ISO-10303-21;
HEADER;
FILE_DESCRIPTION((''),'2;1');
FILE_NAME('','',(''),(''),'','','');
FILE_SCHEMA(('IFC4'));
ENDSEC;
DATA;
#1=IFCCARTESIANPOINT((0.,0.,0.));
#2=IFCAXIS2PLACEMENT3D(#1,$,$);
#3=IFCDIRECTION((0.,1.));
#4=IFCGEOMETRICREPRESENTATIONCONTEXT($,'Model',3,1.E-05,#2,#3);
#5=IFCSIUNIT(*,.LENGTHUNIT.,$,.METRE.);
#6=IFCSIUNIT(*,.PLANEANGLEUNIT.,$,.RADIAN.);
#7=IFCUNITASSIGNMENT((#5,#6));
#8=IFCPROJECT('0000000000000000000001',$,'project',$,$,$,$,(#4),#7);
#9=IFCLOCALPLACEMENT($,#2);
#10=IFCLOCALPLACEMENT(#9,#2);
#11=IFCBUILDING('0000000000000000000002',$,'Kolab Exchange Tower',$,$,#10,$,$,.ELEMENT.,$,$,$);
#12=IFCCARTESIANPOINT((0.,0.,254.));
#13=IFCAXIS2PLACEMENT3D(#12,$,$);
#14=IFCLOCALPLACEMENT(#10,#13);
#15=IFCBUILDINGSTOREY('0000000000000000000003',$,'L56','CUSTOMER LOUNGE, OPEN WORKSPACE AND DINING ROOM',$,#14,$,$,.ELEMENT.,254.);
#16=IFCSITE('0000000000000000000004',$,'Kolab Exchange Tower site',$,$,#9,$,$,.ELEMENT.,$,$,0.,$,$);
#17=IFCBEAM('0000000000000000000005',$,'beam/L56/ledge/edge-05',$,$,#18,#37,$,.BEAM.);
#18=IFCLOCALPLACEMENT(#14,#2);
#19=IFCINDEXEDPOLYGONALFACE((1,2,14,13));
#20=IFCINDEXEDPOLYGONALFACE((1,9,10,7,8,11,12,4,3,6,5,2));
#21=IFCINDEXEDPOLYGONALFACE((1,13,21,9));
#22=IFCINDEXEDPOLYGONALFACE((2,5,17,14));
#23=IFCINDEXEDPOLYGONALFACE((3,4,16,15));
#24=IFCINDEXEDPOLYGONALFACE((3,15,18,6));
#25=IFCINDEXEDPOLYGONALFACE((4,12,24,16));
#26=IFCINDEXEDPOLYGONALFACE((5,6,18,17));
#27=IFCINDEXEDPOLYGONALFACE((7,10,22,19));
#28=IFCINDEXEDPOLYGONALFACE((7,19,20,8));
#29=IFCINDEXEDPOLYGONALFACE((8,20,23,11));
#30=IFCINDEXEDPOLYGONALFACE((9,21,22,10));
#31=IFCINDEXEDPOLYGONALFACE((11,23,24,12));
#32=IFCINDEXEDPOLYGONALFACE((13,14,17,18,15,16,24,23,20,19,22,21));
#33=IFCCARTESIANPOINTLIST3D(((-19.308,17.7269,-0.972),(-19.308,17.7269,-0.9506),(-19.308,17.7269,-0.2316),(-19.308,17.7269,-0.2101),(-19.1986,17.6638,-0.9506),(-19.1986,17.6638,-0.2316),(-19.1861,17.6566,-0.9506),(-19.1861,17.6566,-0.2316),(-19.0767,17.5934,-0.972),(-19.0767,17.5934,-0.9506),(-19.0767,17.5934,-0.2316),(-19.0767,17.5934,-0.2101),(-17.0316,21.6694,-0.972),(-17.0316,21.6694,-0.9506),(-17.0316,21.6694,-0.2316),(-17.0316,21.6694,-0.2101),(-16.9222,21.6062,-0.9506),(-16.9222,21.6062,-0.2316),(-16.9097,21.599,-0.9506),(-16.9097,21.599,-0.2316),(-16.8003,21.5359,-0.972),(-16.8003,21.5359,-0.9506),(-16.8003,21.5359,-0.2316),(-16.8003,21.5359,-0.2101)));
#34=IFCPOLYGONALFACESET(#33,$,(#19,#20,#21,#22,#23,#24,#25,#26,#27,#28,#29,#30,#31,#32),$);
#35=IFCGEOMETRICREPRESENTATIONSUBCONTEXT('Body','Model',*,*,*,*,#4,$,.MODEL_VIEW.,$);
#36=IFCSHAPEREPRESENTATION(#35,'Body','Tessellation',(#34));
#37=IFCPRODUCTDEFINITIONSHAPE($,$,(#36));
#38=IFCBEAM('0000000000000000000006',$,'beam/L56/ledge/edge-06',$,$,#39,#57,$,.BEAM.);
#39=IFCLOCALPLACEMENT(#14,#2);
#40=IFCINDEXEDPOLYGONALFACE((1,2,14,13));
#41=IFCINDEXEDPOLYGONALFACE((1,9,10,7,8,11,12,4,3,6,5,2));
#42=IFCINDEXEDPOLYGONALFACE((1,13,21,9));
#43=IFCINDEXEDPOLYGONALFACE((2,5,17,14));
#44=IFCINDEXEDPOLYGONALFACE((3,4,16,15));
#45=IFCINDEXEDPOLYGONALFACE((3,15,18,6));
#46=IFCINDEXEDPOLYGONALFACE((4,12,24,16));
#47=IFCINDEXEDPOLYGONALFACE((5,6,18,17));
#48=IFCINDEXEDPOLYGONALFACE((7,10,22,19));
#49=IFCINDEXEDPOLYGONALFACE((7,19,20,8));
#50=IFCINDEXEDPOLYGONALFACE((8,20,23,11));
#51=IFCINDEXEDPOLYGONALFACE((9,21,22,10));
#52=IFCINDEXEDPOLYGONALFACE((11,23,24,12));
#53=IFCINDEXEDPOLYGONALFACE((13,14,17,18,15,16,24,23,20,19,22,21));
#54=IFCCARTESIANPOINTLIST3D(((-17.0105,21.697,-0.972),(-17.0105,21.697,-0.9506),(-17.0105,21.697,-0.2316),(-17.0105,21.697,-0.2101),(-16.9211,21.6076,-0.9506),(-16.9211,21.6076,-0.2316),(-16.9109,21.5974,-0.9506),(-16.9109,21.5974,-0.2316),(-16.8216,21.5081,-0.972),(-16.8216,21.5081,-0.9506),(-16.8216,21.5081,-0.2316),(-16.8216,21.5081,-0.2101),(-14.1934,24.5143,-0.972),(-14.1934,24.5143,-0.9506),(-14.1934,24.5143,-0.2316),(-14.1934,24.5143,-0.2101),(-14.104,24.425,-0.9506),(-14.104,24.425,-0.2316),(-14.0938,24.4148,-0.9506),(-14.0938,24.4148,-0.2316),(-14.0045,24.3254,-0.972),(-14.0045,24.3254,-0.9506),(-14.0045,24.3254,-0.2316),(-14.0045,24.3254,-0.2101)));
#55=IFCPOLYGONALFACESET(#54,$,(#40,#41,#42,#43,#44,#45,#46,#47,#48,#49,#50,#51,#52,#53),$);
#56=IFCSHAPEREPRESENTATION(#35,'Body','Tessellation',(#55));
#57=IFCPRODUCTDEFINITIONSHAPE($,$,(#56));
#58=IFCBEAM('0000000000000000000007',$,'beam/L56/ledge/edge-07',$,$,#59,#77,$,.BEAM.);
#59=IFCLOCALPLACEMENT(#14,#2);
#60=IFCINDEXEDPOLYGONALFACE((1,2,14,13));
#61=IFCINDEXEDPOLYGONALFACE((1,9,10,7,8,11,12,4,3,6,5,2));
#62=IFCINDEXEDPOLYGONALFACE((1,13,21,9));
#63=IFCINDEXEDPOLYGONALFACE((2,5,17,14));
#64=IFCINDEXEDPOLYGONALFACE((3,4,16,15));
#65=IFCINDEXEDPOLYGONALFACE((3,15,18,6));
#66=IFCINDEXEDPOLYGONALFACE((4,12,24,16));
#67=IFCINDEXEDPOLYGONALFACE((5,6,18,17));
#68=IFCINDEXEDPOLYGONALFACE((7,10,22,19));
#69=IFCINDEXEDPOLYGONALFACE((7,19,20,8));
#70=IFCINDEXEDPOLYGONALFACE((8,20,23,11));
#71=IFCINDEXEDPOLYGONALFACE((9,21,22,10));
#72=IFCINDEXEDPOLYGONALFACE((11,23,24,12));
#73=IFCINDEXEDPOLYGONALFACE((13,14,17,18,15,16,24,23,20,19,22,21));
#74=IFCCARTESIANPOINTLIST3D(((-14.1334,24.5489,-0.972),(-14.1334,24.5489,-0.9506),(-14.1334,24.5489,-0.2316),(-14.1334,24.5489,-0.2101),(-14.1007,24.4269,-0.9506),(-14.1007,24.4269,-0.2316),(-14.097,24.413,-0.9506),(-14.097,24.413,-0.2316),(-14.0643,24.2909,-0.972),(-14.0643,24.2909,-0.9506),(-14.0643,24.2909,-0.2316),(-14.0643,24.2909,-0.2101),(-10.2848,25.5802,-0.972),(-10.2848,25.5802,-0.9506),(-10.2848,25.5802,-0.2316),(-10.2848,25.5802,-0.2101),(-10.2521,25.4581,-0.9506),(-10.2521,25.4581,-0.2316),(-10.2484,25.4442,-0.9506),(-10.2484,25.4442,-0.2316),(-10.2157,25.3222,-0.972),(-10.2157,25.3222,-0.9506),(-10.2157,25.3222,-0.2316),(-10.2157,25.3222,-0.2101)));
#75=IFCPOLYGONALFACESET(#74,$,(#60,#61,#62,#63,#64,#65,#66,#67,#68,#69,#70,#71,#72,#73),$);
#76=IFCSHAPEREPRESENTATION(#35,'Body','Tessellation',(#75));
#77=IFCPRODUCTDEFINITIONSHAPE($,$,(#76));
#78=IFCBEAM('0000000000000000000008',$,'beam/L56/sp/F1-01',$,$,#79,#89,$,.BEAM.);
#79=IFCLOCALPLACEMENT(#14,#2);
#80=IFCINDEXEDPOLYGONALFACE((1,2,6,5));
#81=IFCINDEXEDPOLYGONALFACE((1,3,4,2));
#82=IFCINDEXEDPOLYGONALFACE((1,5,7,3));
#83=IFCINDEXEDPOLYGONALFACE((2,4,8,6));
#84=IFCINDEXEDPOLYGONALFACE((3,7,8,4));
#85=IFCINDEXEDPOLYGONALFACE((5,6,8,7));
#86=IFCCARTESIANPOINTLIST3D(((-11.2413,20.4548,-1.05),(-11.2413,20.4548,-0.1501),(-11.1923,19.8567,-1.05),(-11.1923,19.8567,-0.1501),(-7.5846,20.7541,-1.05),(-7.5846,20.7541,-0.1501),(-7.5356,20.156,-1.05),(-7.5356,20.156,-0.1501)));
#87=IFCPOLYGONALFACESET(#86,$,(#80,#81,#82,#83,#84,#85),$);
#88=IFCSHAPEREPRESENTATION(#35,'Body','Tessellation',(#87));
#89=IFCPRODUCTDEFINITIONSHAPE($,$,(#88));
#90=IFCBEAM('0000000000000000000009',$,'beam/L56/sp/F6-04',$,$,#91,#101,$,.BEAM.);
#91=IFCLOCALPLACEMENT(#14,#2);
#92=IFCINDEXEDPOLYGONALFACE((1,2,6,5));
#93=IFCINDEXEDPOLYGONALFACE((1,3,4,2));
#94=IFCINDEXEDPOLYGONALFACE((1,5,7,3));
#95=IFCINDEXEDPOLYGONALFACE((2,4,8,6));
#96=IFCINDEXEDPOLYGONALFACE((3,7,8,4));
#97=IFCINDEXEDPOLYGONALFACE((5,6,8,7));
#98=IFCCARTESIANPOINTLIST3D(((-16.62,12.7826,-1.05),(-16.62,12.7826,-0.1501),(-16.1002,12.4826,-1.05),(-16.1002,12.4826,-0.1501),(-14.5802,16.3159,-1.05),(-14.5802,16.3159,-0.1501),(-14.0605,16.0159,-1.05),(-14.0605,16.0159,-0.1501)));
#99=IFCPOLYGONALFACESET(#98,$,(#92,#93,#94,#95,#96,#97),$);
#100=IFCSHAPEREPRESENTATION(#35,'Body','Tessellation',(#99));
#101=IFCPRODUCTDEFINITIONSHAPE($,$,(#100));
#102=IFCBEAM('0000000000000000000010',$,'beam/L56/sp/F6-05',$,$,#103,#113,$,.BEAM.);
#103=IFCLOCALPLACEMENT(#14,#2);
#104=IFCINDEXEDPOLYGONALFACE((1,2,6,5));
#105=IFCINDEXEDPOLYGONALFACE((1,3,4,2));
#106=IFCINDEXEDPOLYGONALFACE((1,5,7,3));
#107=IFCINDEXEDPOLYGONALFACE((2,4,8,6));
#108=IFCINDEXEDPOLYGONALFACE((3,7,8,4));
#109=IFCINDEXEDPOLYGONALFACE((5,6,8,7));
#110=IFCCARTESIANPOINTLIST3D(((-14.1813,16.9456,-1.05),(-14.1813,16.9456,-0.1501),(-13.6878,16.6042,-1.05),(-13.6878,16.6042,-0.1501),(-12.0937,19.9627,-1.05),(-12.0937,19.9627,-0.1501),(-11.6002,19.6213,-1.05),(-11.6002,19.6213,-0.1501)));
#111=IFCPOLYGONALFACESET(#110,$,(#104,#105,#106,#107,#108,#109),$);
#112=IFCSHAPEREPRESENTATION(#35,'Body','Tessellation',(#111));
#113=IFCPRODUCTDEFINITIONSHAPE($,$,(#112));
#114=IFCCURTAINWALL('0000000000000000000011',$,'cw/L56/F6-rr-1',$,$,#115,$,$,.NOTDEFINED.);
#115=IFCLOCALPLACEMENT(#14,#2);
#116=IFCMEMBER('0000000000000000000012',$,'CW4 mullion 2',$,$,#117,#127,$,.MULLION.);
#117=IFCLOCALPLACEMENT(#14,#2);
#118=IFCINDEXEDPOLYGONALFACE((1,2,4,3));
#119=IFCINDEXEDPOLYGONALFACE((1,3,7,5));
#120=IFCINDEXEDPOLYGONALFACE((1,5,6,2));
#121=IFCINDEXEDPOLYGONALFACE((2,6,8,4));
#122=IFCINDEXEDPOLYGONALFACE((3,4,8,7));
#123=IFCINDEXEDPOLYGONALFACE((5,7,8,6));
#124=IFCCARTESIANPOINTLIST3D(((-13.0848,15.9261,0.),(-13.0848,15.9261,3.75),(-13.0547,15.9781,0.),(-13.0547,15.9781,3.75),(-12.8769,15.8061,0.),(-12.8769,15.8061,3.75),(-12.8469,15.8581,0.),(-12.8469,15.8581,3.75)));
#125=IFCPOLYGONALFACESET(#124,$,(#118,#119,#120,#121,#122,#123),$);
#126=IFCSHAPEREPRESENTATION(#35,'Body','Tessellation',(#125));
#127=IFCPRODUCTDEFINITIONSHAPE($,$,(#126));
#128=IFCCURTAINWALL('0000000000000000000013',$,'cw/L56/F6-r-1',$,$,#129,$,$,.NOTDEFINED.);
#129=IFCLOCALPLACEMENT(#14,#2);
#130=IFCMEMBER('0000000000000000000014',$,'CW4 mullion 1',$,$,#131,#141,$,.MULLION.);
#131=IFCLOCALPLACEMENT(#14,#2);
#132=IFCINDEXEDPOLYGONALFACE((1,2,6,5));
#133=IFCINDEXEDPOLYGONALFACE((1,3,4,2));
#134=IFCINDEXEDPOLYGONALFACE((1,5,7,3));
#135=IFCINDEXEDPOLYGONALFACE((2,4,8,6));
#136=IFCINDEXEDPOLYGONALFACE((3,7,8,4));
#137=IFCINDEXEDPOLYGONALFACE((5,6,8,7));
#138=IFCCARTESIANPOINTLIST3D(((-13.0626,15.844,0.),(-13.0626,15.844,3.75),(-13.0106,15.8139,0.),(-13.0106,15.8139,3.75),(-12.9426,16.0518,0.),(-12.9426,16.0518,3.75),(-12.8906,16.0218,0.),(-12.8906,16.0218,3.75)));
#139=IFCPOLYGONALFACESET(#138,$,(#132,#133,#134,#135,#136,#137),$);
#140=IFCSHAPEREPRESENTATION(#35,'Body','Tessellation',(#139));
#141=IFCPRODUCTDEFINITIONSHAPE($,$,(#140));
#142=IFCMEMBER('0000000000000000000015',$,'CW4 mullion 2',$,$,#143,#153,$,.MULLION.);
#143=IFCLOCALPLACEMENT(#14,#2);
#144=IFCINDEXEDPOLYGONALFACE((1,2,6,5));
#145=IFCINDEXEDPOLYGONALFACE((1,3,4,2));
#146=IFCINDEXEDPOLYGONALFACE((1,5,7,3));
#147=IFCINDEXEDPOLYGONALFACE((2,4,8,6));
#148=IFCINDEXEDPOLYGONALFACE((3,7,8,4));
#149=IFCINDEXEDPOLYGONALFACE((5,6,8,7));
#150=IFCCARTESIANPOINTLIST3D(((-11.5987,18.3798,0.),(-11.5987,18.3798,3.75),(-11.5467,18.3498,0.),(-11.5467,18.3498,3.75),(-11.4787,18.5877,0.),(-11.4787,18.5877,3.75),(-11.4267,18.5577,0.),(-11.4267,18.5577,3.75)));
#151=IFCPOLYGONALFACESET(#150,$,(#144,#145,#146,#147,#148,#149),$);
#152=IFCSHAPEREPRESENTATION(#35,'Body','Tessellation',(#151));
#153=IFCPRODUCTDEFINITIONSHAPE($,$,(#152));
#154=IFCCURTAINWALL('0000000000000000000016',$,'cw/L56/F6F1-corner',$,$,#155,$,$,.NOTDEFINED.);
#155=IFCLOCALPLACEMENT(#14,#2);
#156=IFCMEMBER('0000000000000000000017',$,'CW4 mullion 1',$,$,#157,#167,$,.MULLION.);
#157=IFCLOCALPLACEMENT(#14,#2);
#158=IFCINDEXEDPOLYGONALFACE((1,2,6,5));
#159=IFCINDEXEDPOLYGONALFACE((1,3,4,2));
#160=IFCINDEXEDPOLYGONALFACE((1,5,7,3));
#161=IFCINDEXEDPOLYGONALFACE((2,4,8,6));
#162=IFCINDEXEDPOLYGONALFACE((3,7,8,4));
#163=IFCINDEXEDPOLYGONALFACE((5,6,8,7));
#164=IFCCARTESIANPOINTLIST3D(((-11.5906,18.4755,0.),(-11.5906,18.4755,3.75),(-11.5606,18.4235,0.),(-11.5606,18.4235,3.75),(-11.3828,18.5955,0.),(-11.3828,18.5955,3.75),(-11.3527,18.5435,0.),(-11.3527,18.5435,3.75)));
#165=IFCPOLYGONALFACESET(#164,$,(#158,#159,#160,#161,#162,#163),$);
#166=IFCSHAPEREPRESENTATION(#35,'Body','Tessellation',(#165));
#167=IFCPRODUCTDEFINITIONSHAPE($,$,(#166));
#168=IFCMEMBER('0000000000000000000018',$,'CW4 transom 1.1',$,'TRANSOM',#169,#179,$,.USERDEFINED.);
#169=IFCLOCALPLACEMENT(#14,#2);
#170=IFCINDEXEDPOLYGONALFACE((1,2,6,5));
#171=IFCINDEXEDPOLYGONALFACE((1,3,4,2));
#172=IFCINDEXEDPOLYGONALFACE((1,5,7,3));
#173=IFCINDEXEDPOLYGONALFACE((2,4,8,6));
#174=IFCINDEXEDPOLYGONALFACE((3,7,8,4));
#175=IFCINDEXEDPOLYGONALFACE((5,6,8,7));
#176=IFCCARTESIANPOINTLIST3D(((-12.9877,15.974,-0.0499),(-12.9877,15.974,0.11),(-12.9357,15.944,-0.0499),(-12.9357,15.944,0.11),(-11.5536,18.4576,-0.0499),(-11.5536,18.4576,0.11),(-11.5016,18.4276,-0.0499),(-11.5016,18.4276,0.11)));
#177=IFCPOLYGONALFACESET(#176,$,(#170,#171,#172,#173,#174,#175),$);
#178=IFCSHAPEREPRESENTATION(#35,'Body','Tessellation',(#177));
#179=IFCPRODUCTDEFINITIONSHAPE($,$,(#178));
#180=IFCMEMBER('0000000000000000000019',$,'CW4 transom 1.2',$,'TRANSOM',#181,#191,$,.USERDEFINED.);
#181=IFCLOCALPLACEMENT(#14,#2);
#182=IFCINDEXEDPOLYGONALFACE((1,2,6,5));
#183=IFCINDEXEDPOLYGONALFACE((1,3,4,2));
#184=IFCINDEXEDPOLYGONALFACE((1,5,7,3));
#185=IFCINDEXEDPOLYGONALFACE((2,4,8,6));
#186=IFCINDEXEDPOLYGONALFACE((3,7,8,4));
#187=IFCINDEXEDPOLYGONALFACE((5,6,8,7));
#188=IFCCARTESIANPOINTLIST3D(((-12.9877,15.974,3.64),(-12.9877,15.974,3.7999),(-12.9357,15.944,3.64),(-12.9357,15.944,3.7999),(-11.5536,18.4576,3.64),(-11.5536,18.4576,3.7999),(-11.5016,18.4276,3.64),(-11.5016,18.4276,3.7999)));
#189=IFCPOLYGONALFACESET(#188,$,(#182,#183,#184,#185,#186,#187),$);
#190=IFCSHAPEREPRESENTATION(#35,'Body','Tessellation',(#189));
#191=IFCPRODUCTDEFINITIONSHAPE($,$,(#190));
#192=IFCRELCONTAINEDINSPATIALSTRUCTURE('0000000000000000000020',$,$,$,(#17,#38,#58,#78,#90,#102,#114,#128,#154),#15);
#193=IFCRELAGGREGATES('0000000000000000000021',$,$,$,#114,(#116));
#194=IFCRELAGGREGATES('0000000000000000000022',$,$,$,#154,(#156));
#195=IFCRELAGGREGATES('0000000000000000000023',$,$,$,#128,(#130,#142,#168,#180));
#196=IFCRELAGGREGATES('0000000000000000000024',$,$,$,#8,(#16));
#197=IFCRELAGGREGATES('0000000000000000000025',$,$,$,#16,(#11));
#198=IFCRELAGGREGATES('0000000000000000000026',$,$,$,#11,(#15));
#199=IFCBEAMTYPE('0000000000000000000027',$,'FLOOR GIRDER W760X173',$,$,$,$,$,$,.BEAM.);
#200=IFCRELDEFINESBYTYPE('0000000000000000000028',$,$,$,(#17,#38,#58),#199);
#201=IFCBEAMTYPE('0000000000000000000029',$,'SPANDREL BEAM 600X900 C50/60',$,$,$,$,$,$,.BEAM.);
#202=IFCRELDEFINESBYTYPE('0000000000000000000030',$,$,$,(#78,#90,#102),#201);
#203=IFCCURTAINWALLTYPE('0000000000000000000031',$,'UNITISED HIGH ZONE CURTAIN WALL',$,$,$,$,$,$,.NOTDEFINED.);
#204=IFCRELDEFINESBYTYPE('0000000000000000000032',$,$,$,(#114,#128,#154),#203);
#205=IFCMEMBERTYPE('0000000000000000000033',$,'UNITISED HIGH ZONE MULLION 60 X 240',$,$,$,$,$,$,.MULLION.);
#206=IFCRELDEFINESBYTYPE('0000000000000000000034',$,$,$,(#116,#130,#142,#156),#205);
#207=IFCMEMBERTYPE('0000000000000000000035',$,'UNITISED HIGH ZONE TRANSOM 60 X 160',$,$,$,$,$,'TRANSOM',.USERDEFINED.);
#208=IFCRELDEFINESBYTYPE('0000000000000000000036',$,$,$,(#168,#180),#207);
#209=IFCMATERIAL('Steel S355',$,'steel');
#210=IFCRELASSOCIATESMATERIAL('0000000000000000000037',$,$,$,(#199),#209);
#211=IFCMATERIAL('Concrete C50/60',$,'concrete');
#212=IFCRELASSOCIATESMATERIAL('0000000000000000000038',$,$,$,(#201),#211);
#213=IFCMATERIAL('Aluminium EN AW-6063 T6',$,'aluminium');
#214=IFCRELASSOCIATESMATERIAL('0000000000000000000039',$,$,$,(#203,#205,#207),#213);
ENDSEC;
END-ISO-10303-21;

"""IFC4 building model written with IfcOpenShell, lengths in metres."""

from ifc_helpers import new_model, si_unit, direction, frame, origin, origin_2d, place, context, subcontext, project, spatial, rectangle, i_section, extrude, material, material_profile, profile_set, type_object, element, aggregate, save


model = new_model("IFC4")

# Units and contexts
model_context = context("Model", 3, precision=1e-05, world=origin(), true_north=direction((0.0, 1.0)))
body_context = subcontext(model_context, "Body", "Model", "MODEL_VIEW")
ifc_project = project(units=[si_unit("LENGTHUNIT", "METRE"), si_unit("PLANEANGLEUNIT", "RADIAN")], contexts=[model_context])

# Site, building, storey
site_placement = place(None, origin())
site = spatial("IfcSite", under=ifc_project, at=site_placement, Name="Kolab Exchange Tower site", CompositionType="ELEMENT", RefElevation=0.0)
building_placement = place(site_placement, origin())
building = spatial("IfcBuilding", under=site, at=building_placement, Name="Kolab Exchange Tower", CompositionType="ELEMENT")
storey_placement = place(building_placement, frame((0.0, 0.0, 254.0)))
storey = spatial("IfcBuildingStorey", under=building, at=storey_placement, Name="L56", Description="CUSTOMER LOUNGE, OPEN WORKSPACE AND DINING ROOM", CompositionType="ELEMENT", Elevation=254.0)

# Shared definitions
ifc_material_1 = material(Name="Concrete C50/60", Category="concrete")

# Beams
ifc_material_2 = material(Name="Steel S355", Category="steel")
ifc_material_profile_1 = material_profile(ifc_material_2, i_section(OverallWidth=0.2671, OverallDepth=0.762, WebThickness=0.0144, FlangeThickness=0.0215, at=origin_2d()), Name="W760X173")
ifc_profile_set_1 = profile_set([ifc_material_profile_1], Name="Steel S355")
beam_type_1 = type_object("IfcBeamType", Name="FLOOR GIRDER W760X173", PredefinedType="BEAM", material=ifc_profile_set_1)
for number, where, z_axis, x_axis, name in (
    (1, (-19.1924, 17.6602, -0.5911), (0.500038, 0.866003, 0.0), (-0.866003, 0.500038, 0.0), "beam/L56/ledge/edge-05"),
):
    element("IfcBeam", number, at=place(storey_placement, frame(where, z_axis=z_axis, x_axis=x_axis)), inside=storey, type_object=beam_type_1, Name=name, PredefinedType="BEAM", context=body_context, shape_type="SweptSolid", body=[
        extrude(i_section(OverallWidth=0.2671, OverallDepth=0.762, WebThickness=0.0144, FlangeThickness=0.0215, at=origin_2d()), origin(), (0.0, 0.0, 1.0), 4.5525),
    ])
beam_1_placement = place(storey_placement, frame((-16.916, 21.6025, -0.5911), z_axis=(0.707076, 0.707137, 0.0), x_axis=(-0.707137, 0.707076, 0.0)))
element("IfcBeam", 2, at=beam_1_placement, inside=storey, type_object=beam_type_1, Name="beam/L56/ledge/edge-06", PredefinedType="BEAM", context=body_context, shape_type="SweptSolid", body=[
    extrude(i_section(OverallWidth=0.2671, OverallDepth=0.762, WebThickness=0.0144, FlangeThickness=0.0215, at=origin_2d()), origin(), (0.0, 0.0, 1.0), 3.9841),
])
beam_2_placement = place(storey_placement, frame((-14.0989, 24.4199, -0.5911), z_axis=(0.965925, 0.258822, 0.0), x_axis=(-0.258822, 0.965925, 0.0)))
element("IfcBeam", 3, at=beam_2_placement, inside=storey, type_object=beam_type_1, Name="beam/L56/ledge/edge-07", PredefinedType="BEAM", context=body_context, shape_type="SweptSolid", body=[
    extrude(i_section(OverallWidth=0.2671, OverallDepth=0.762, WebThickness=0.0144, FlangeThickness=0.0215, at=origin_2d()), origin(), (0.0, 0.0, 1.0), 3.9844),
])
ifc_material_profile_2 = material_profile(ifc_material_1, rectangle(XDim=0.6001, YDim=0.8999, at=origin_2d()), Name="RC600X900")
ifc_profile_set_2 = profile_set([ifc_material_profile_2], Name="Concrete C50/60")
beam_type_2 = type_object("IfcBeamType", Name="SPANDREL BEAM 600X900 C50/60", PredefinedType="BEAM", material=ifc_profile_set_2)
beam_3_placement = place(storey_placement, frame((-11.2168, 20.1558, -0.6001), z_axis=(0.996667, 0.081581, 0.0), x_axis=(-0.081581, 0.996667, 0.0)))
element("IfcBeam", 4, at=beam_3_placement, inside=storey, type_object=beam_type_2, Name="beam/L56/sp/F1-01", PredefinedType="BEAM", context=body_context, shape_type="SweptSolid", body=[
    extrude(rectangle(XDim=0.6001, YDim=0.8999, at=origin_2d()), origin(), (0.0, 0.0, 1.0), 3.6689),
])
beam_4_placement = place(storey_placement, frame((-16.3601, 12.6326, -0.6001), z_axis=(0.499956, 0.866051, 0.0), x_axis=(-0.866051, 0.499956, 0.0)))
element("IfcBeam", 5, at=beam_4_placement, inside=storey, type_object=beam_type_2, Name="beam/L56/sp/F6-04", PredefinedType="BEAM", context=body_context, shape_type="SweptSolid", body=[
    extrude(rectangle(XDim=0.6001, YDim=0.8999, at=origin_2d()), origin(), (0.0, 0.0, 1.0), 4.0798),
])
beam_5_placement = place(storey_placement, frame((-13.9346, 16.7749, -0.6001), z_axis=(0.569006, 0.822334, 0.0), x_axis=(-0.822334, 0.569006, 0.0)))
element("IfcBeam", 6, at=beam_5_placement, inside=storey, type_object=beam_type_2, Name="beam/L56/sp/F6-05", PredefinedType="BEAM", context=body_context, shape_type="SweptSolid", body=[
    extrude(rectangle(XDim=0.6001, YDim=0.8999, at=origin_2d()), origin(), (0.0, 0.0, 1.0), 3.6689),
])

# Curtain wall, member
ifc_material_3 = material(Name="Aluminium EN AW-6063 T6", Category="aluminium")
curtain_wall_type = type_object("IfcCurtainWallType", Name="UNITISED HIGH ZONE CURTAIN WALL", PredefinedType="NOTDEFINED", material=ifc_material_3)
curtain_wall_1_placement = place(storey_placement, origin())
curtain_wall_1 = element("IfcCurtainWall", 7, at=curtain_wall_1_placement, inside=storey, type_object=curtain_wall_type, Name="cw/L56/F6-rr-1", PredefinedType="NOTDEFINED")
ifc_material_profile_3 = material_profile(ifc_material_3, rectangle(XDim=0.0601, YDim=0.24, at=origin_2d()), Name="RECT 60X240")
ifc_profile_set_3 = profile_set([ifc_material_profile_3], Name="Aluminium EN AW-6063 T6")
member_type_1 = type_object("IfcMemberType", Name="UNITISED HIGH ZONE MULLION 60 X 240", PredefinedType="MULLION", material=ifc_profile_set_3)
member_1_placement = place(storey_placement, frame((-12.9658, 15.8921, 0.0), z_axis=(0.0, 0.0, 1.0), x_axis=(-0.5, -0.866025, 0.0)))
member_1 = element("IfcMember", 8, at=member_1_placement, type_object=member_type_1, Name="CW4 mullion 2", PredefinedType="MULLION", context=body_context, shape_type="SweptSolid", body=[
    extrude(rectangle(XDim=0.0601, YDim=0.24, at=origin_2d()), origin(), (0.0, 0.0, 1.0), 3.75),
])
aggregate(curtain_wall_1, [member_1])

# Curtain wall, members
curtain_wall_2_placement = place(storey_placement, origin())
curtain_wall_2 = element("IfcCurtainWall", 9, at=curtain_wall_2_placement, inside=storey, type_object=curtain_wall_type, Name="cw/L56/F6-r-1", PredefinedType="NOTDEFINED")
member_2_placement = place(storey_placement, frame((-12.9766, 15.9329, 0.0), z_axis=(0.0, 0.0, 1.0), x_axis=(-0.866025, 0.5, 0.0)))
member_2 = element("IfcMember", 10, at=member_2_placement, type_object=member_type_1, Name="CW4 mullion 1", PredefinedType="MULLION", context=body_context, shape_type="SweptSolid", body=[
    extrude(rectangle(XDim=0.0601, YDim=0.24, at=origin_2d()), origin(), (0.0, 0.0, 1.0), 3.75),
])
member_3_placement = place(storey_placement, frame((-11.5127, 18.4688, 0.0), z_axis=(0.0, 0.0, 1.0), x_axis=(-0.866025, 0.5, 0.0)))
member_3 = element("IfcMember", 11, at=member_3_placement, type_object=member_type_1, Name="CW4 mullion 2", PredefinedType="MULLION", context=body_context, shape_type="SweptSolid", body=[
    extrude(rectangle(XDim=0.0601, YDim=0.24, at=origin_2d()), origin(), (0.0, 0.0, 1.0), 3.75),
])

# Curtain wall, member
curtain_wall_3_placement = place(storey_placement, origin())
curtain_wall_3 = element("IfcCurtainWall", 12, at=curtain_wall_3_placement, inside=storey, type_object=curtain_wall_type, Name="cw/L56/F6F1-corner", PredefinedType="NOTDEFINED")
member_4_placement = place(storey_placement, frame((-11.4717, 18.5095, 0.0), z_axis=(0.0, 0.0, 1.0), x_axis=(-0.5, 0.866025, 0.0)))
member_4 = element("IfcMember", 13, at=member_4_placement, type_object=member_type_1, Name="CW4 mullion 1", PredefinedType="MULLION", context=body_context, shape_type="SweptSolid", body=[
    extrude(rectangle(XDim=0.0601, YDim=0.24, at=origin_2d()), origin(), (0.0, 0.0, 1.0), 3.75),
])

# Members
ifc_material_profile_4 = material_profile(ifc_material_3, rectangle(XDim=0.0601, YDim=0.1599, at=origin_2d()), Name="RECT 60X160")
ifc_profile_set_4 = profile_set([ifc_material_profile_4], Name="Aluminium EN AW-6063 T6")
member_type_2 = type_object("IfcMemberType", Name="UNITISED HIGH ZONE TRANSOM 60 X 160", ElementType="TRANSOM", PredefinedType="USERDEFINED", material=ifc_profile_set_4)
member_5_placement = place(storey_placement, frame((-12.9617, 15.959, 0.03), z_axis=(0.500039, 0.866003, 0.0), x_axis=(-0.866003, 0.500039, 0.0)))
member_5 = element("IfcMember", 14, at=member_5_placement, type_object=member_type_2, Name="CW4 transom 1.1", ObjectType="TRANSOM", PredefinedType="USERDEFINED", context=body_context, shape_type="SweptSolid", body=[
    extrude(rectangle(XDim=0.0601, YDim=0.1599, at=origin_2d()), origin(), (0.0, 0.0, 1.0), 2.8679),
])
member_6_placement = place(storey_placement, frame((-12.9617, 15.959, 3.72), z_axis=(0.500039, 0.866003, 0.0), x_axis=(-0.866003, 0.500039, 0.0)))
member_6 = element("IfcMember", 15, at=member_6_placement, type_object=member_type_2, Name="CW4 transom 1.2", ObjectType="TRANSOM", PredefinedType="USERDEFINED", context=body_context, shape_type="SweptSolid", body=[
    extrude(rectangle(XDim=0.0601, YDim=0.1599, at=origin_2d()), origin(), (0.0, 0.0, 1.0), 2.8679),
])
aggregate(curtain_wall_3, [member_4])

aggregate(curtain_wall_2, [member_2, member_3, member_5, member_6])

save(model, "model.ifc")
